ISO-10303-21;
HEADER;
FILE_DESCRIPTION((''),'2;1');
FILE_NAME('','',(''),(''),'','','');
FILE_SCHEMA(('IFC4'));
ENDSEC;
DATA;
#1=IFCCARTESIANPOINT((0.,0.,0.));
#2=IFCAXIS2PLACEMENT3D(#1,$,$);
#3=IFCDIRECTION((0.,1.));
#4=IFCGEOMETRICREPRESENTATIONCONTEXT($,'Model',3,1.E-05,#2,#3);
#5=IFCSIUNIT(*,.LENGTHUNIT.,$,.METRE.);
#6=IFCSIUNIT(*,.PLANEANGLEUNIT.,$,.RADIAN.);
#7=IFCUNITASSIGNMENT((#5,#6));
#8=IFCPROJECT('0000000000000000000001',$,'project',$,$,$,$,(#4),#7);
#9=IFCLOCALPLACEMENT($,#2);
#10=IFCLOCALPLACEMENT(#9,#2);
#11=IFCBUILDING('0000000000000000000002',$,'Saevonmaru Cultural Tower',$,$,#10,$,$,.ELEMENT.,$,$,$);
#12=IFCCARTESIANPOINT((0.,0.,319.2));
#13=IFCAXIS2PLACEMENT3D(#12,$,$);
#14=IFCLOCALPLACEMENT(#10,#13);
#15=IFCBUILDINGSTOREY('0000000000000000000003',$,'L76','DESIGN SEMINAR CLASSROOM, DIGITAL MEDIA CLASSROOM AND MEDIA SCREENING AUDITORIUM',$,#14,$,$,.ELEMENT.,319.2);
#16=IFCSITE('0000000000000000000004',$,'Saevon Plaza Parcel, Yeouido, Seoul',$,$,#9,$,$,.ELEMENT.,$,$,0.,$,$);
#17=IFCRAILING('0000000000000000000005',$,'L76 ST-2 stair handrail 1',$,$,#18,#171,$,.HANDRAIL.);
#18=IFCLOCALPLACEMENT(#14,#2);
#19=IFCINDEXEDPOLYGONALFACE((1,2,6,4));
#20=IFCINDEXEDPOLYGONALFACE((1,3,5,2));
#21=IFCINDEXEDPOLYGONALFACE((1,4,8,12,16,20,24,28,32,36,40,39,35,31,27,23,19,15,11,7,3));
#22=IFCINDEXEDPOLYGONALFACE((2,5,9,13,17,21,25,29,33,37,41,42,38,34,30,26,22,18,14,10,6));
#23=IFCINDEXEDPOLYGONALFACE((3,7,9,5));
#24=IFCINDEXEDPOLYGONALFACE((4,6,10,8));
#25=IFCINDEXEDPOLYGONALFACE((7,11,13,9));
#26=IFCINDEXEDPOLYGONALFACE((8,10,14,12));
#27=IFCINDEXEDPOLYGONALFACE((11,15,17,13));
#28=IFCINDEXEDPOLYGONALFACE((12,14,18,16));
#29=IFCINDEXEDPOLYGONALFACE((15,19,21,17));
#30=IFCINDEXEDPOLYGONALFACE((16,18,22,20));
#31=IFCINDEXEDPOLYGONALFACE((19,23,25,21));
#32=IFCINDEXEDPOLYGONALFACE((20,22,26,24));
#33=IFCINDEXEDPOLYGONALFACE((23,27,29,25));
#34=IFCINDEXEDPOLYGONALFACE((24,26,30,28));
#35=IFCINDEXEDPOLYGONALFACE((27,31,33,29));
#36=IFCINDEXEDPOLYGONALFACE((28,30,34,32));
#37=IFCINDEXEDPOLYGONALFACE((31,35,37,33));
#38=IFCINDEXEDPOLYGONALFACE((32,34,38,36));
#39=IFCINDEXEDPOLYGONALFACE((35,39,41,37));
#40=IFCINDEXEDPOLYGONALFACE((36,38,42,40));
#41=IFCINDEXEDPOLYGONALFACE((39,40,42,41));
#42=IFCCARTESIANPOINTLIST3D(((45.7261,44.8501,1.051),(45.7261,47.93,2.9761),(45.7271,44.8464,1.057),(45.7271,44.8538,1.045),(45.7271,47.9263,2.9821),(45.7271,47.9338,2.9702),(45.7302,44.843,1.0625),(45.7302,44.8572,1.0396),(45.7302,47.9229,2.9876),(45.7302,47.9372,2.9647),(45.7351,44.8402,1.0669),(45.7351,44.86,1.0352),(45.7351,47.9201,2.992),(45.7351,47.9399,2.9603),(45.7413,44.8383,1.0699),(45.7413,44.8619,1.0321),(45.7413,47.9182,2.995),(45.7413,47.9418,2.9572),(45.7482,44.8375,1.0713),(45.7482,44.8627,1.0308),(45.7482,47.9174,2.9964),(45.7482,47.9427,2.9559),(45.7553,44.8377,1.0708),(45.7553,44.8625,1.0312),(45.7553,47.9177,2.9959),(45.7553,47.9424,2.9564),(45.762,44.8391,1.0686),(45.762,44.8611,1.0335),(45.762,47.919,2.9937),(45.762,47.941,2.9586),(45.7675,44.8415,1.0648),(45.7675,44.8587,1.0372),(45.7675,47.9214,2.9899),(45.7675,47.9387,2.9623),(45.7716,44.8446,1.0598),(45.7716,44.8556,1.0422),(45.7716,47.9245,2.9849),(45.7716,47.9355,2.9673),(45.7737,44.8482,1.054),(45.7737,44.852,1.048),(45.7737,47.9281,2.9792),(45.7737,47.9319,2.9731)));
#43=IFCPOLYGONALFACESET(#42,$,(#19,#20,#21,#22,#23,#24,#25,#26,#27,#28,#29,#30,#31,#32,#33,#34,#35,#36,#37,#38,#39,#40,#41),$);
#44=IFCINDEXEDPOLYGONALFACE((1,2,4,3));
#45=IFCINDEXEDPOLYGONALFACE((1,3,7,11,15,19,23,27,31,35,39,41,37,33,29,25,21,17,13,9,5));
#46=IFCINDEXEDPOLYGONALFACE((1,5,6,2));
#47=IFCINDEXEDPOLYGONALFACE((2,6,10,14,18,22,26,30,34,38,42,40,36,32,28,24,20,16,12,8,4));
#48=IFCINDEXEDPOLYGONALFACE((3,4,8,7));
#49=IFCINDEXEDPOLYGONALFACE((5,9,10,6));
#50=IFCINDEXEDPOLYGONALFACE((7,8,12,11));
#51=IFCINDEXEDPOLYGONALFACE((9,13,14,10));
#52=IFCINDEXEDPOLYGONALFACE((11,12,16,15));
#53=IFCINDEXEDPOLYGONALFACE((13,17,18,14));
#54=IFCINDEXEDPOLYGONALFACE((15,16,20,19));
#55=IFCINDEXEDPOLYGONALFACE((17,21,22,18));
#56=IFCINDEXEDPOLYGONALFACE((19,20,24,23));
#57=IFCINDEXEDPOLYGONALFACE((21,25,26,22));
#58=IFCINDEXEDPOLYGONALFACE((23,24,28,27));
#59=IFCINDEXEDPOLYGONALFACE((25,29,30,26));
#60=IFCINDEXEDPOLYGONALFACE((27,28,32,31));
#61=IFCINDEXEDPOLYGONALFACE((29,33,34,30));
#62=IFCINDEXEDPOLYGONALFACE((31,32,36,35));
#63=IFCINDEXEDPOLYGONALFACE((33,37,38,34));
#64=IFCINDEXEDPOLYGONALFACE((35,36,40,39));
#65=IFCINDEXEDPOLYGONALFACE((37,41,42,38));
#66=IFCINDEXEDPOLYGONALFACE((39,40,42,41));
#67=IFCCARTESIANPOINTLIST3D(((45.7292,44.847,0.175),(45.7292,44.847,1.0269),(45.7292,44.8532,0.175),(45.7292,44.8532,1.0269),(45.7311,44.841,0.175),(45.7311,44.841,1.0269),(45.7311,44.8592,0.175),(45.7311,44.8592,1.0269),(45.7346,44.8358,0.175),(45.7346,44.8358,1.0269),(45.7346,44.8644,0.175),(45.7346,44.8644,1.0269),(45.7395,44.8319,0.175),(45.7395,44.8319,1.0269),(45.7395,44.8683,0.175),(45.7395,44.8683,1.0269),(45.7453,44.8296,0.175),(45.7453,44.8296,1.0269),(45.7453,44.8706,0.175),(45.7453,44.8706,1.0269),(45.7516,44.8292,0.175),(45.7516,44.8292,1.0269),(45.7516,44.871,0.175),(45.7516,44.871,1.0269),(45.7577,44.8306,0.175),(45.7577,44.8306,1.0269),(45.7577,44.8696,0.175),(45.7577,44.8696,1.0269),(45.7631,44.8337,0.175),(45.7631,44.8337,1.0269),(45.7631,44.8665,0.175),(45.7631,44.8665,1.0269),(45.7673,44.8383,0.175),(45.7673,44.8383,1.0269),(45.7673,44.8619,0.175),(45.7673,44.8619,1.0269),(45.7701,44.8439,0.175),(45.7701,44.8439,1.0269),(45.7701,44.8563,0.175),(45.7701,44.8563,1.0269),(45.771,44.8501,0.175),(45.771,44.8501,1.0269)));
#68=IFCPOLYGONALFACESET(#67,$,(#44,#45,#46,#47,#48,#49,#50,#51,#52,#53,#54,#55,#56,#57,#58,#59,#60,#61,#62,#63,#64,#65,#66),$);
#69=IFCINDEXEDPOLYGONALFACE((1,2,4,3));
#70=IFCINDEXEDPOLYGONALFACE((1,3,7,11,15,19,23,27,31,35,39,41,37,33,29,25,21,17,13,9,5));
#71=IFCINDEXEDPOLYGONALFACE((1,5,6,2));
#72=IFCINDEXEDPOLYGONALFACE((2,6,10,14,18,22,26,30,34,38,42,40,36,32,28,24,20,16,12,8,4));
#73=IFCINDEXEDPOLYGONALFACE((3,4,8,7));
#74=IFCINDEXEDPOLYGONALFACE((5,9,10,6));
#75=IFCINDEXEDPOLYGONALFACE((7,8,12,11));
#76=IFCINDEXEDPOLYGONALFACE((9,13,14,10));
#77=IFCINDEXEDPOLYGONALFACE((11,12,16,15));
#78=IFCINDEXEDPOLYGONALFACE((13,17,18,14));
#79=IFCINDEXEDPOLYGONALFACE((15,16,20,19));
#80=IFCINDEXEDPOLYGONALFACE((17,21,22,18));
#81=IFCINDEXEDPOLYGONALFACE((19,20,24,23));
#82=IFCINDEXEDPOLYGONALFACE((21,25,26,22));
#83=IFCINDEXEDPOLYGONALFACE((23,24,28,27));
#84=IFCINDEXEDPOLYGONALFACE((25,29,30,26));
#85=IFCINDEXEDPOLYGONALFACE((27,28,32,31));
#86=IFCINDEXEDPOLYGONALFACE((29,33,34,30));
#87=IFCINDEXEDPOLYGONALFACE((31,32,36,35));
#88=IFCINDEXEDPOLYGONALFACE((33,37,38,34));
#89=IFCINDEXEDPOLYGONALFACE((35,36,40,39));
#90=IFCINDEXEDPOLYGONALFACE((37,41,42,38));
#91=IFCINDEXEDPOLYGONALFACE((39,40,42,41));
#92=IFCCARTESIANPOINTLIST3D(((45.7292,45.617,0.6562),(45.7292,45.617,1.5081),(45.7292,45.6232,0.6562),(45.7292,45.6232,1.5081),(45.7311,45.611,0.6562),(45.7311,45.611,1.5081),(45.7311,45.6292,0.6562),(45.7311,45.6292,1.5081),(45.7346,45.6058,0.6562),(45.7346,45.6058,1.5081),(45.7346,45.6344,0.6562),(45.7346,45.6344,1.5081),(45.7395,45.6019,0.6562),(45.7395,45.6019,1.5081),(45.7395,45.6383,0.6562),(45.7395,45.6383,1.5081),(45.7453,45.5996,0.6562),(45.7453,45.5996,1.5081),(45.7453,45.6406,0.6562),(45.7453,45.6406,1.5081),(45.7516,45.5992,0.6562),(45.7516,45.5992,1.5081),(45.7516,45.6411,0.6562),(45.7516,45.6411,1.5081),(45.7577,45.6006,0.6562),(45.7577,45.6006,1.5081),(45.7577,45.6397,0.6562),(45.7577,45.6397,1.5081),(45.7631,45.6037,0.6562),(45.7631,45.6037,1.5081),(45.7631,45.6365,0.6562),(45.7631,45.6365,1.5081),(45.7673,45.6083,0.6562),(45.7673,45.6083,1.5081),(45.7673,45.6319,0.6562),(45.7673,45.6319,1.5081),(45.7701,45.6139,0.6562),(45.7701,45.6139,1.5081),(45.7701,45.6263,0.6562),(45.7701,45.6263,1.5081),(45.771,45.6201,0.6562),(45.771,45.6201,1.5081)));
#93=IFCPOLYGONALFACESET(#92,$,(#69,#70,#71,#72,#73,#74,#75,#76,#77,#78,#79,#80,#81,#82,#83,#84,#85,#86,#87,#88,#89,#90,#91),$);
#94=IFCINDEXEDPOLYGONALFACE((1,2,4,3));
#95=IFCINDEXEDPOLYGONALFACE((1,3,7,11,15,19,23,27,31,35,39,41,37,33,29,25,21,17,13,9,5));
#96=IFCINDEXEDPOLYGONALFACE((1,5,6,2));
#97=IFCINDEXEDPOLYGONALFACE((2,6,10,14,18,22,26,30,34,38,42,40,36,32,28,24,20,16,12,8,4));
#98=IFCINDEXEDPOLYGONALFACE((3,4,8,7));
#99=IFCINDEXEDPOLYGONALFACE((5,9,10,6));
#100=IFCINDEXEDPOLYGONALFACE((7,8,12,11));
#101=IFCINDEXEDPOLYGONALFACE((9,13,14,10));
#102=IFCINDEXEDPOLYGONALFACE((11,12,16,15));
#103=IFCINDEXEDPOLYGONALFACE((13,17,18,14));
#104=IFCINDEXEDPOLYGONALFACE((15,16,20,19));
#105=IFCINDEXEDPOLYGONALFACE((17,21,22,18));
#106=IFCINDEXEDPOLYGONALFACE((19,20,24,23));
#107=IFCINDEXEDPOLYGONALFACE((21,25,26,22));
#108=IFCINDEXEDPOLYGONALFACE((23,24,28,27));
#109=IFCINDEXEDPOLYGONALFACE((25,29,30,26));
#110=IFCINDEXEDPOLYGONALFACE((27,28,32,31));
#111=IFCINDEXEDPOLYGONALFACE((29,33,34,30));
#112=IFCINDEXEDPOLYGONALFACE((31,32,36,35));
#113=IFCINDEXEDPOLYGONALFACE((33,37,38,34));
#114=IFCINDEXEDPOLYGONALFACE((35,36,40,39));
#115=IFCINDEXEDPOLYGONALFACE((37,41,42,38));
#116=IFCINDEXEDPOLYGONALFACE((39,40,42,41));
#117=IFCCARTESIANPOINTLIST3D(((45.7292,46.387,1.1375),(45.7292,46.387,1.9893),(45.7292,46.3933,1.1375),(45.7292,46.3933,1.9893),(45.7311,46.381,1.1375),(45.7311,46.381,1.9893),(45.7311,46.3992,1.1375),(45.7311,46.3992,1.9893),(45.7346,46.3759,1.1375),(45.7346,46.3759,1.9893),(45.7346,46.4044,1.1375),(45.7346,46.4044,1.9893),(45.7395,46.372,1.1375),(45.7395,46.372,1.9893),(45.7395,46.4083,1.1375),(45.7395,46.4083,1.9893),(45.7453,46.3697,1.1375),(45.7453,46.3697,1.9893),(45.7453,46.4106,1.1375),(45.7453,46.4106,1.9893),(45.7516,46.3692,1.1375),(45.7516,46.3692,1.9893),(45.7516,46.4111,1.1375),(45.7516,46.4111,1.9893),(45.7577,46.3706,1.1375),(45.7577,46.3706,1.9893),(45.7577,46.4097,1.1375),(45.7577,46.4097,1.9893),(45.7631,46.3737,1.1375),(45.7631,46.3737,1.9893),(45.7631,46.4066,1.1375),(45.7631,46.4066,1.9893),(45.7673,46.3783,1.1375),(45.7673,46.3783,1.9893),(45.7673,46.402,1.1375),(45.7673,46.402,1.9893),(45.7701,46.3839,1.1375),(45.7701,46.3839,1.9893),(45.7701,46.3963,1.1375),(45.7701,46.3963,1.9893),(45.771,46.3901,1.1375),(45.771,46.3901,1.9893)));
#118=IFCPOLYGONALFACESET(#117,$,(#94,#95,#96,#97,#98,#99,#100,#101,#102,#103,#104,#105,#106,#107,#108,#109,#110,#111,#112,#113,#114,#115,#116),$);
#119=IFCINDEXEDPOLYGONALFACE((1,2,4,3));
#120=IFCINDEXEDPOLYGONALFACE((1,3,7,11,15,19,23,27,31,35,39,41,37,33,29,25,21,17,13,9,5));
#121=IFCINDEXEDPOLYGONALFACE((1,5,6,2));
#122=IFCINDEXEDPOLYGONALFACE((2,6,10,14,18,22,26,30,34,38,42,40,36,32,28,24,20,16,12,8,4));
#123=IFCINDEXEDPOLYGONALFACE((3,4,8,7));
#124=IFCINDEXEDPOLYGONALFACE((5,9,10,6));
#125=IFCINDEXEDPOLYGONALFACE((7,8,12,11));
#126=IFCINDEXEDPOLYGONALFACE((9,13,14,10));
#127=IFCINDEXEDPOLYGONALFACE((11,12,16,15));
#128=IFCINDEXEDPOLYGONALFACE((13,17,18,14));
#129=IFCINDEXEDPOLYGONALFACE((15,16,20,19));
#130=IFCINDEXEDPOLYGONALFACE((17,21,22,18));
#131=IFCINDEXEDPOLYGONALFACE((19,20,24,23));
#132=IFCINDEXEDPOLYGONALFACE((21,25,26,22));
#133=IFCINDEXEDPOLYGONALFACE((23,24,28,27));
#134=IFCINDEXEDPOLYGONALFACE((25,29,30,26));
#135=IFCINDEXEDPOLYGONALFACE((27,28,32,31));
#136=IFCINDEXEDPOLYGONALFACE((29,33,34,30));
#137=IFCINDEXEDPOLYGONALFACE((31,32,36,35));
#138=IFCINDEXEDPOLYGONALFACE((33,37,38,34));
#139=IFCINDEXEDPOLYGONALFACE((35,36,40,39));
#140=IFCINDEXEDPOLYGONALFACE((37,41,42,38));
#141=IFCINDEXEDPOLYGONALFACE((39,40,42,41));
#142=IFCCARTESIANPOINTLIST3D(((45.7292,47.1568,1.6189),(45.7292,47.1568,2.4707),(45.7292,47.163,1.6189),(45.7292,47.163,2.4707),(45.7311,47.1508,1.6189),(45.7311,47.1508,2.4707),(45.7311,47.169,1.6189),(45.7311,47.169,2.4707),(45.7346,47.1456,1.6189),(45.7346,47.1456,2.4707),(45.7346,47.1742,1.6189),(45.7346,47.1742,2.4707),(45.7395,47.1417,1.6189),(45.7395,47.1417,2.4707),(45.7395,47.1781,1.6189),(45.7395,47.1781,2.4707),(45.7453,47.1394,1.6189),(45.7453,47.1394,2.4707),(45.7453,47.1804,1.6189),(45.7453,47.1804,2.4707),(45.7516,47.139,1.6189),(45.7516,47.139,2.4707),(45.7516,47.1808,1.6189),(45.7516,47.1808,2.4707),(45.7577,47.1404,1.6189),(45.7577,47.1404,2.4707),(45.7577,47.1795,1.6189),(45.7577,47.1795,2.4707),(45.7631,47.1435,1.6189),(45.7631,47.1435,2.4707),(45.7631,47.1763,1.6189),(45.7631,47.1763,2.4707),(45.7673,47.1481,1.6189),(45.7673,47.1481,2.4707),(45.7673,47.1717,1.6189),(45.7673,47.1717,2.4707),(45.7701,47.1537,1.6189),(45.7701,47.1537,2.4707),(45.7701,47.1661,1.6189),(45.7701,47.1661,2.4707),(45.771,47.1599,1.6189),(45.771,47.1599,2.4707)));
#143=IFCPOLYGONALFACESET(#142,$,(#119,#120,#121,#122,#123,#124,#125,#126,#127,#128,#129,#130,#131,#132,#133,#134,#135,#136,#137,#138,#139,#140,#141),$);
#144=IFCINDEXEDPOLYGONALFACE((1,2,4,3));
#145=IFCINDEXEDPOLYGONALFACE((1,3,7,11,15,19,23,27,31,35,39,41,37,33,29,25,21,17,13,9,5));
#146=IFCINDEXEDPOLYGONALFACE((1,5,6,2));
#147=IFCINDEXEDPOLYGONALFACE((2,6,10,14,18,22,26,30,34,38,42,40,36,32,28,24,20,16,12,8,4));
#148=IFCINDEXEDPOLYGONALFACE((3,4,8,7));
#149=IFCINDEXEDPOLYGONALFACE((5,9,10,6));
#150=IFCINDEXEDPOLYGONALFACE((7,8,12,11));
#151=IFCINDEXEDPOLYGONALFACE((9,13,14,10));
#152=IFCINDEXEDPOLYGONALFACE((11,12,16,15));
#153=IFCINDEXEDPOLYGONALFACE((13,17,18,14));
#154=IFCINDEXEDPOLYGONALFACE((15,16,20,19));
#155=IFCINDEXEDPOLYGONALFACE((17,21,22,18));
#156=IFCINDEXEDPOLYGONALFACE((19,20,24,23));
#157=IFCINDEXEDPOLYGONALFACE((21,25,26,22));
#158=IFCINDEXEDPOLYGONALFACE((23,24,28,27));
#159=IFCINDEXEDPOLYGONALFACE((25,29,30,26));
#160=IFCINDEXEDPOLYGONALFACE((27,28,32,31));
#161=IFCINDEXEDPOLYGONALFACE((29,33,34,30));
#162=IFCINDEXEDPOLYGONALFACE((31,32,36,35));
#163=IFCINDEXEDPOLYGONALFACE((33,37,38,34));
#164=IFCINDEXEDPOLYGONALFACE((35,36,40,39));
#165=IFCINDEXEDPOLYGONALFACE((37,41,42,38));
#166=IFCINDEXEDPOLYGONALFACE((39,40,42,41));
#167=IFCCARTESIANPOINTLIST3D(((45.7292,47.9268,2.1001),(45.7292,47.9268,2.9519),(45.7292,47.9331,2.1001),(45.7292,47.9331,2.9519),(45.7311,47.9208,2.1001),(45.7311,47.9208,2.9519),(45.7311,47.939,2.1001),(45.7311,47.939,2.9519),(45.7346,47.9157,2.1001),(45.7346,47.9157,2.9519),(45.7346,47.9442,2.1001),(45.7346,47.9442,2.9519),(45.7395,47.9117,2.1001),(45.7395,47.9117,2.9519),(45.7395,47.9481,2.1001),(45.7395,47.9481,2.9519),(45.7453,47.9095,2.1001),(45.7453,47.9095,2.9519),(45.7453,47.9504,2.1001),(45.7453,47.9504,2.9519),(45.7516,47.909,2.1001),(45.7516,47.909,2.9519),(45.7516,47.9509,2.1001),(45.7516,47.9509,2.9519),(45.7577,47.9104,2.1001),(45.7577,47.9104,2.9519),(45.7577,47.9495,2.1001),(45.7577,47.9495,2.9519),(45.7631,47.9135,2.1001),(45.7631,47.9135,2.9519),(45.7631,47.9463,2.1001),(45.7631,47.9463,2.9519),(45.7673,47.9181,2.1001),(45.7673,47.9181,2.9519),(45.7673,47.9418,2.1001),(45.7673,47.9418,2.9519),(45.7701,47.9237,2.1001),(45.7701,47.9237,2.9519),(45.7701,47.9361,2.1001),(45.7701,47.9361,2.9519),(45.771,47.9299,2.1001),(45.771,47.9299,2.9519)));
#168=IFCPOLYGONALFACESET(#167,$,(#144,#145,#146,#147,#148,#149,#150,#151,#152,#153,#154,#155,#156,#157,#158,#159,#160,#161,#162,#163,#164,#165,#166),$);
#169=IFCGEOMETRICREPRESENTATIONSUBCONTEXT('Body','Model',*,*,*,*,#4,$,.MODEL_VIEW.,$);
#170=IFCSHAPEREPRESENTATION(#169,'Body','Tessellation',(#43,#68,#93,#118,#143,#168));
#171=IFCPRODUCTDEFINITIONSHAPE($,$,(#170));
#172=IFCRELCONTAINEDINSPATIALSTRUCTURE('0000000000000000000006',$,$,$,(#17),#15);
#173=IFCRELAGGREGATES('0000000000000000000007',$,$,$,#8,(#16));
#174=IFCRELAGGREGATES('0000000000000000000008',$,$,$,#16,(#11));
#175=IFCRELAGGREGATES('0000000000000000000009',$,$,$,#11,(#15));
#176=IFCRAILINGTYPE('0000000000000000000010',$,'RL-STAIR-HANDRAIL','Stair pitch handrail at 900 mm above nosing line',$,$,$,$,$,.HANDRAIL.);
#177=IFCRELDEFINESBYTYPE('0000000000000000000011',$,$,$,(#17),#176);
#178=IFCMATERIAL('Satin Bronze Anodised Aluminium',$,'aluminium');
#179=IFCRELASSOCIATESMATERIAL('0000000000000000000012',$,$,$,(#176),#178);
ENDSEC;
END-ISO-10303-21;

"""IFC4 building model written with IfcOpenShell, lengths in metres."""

from ifc_helpers import new_model, si_unit, direction, frame, origin, origin_2d, place, context, subcontext, project, spatial, circle, extrude, material, type_object, element, save


model = new_model("IFC4")

# Units and contexts
model_context = context("Model", 3, precision=1e-05, world=origin(), true_north=direction((0.0, 1.0)))
body_context = subcontext(model_context, "Body", "Model", "MODEL_VIEW")
ifc_project = project(units=[si_unit("LENGTHUNIT", "METRE"), si_unit("PLANEANGLEUNIT", "RADIAN")], contexts=[model_context])

# Site, building, storey
site_placement = place(None, origin())
site = spatial("IfcSite", under=ifc_project, at=site_placement, Name="Saevon Plaza Parcel, Yeouido, Seoul", CompositionType="ELEMENT", RefElevation=0.0)
building_placement = place(site_placement, origin())
building = spatial("IfcBuilding", under=site, at=building_placement, Name="Saevonmaru Cultural Tower", CompositionType="ELEMENT")
storey_placement = place(building_placement, frame((0.0, 0.0, 319.2)))
storey = spatial("IfcBuildingStorey", under=building, at=storey_placement, Name="L76", Description="DESIGN SEMINAR CLASSROOM, DIGITAL MEDIA CLASSROOM AND MEDIA SCREENING AUDITORIUM", CompositionType="ELEMENT", Elevation=319.2)

# Shared definitions
ifc_material_1 = material(Name="Satin Bronze Anodised Aluminium", Category="aluminium")

# Railing
railing_type_1 = type_object("IfcRailingType", Name="RL-STAIR-HANDRAIL", Description="Stair pitch handrail at 900 mm above nosing line", PredefinedType="HANDRAIL", material=ifc_material_1)
railing_1_placement = place(storey_placement, frame((45.75, 44.8501, 0.175)))
element("IfcRailing", 1, at=railing_1_placement, inside=storey, type_object=railing_type_1, Name="L76 ST-2 stair handrail 1", PredefinedType="HANDRAIL", context=body_context, shape_type="SweptSolid", body=[
    extrude(circle(Radius=0.0239, at=origin_2d()), frame((0.0, 0.0, 0.876), z_axis=(0.0, 0.847979, 0.530029), x_axis=(-1.0, 0.0, 0.0)), (0.0, 0.0, 1.0), 3.6321),
    extrude(circle(Radius=0.021, at=origin_2d()), origin(), (0.0, 0.0, 1.0), 0.8518),
    extrude(circle(Radius=0.021, at=origin_2d()), frame((0.0, 0.77, 0.4812)), (0.0, 0.0, 1.0), 0.8518),
    extrude(circle(Radius=0.021, at=origin_2d()), frame((0.0, 1.54, 0.9624)), (0.0, 0.0, 1.0), 0.8518),
    extrude(circle(Radius=0.021, at=origin_2d()), frame((0.0, 2.3098, 1.4438)), (0.0, 0.0, 1.0), 0.8518),
    extrude(circle(Radius=0.021, at=origin_2d()), frame((0.0, 3.0798, 1.925)), (0.0, 0.0, 1.0), 0.8518),
])

save(model, "model.ifc")
